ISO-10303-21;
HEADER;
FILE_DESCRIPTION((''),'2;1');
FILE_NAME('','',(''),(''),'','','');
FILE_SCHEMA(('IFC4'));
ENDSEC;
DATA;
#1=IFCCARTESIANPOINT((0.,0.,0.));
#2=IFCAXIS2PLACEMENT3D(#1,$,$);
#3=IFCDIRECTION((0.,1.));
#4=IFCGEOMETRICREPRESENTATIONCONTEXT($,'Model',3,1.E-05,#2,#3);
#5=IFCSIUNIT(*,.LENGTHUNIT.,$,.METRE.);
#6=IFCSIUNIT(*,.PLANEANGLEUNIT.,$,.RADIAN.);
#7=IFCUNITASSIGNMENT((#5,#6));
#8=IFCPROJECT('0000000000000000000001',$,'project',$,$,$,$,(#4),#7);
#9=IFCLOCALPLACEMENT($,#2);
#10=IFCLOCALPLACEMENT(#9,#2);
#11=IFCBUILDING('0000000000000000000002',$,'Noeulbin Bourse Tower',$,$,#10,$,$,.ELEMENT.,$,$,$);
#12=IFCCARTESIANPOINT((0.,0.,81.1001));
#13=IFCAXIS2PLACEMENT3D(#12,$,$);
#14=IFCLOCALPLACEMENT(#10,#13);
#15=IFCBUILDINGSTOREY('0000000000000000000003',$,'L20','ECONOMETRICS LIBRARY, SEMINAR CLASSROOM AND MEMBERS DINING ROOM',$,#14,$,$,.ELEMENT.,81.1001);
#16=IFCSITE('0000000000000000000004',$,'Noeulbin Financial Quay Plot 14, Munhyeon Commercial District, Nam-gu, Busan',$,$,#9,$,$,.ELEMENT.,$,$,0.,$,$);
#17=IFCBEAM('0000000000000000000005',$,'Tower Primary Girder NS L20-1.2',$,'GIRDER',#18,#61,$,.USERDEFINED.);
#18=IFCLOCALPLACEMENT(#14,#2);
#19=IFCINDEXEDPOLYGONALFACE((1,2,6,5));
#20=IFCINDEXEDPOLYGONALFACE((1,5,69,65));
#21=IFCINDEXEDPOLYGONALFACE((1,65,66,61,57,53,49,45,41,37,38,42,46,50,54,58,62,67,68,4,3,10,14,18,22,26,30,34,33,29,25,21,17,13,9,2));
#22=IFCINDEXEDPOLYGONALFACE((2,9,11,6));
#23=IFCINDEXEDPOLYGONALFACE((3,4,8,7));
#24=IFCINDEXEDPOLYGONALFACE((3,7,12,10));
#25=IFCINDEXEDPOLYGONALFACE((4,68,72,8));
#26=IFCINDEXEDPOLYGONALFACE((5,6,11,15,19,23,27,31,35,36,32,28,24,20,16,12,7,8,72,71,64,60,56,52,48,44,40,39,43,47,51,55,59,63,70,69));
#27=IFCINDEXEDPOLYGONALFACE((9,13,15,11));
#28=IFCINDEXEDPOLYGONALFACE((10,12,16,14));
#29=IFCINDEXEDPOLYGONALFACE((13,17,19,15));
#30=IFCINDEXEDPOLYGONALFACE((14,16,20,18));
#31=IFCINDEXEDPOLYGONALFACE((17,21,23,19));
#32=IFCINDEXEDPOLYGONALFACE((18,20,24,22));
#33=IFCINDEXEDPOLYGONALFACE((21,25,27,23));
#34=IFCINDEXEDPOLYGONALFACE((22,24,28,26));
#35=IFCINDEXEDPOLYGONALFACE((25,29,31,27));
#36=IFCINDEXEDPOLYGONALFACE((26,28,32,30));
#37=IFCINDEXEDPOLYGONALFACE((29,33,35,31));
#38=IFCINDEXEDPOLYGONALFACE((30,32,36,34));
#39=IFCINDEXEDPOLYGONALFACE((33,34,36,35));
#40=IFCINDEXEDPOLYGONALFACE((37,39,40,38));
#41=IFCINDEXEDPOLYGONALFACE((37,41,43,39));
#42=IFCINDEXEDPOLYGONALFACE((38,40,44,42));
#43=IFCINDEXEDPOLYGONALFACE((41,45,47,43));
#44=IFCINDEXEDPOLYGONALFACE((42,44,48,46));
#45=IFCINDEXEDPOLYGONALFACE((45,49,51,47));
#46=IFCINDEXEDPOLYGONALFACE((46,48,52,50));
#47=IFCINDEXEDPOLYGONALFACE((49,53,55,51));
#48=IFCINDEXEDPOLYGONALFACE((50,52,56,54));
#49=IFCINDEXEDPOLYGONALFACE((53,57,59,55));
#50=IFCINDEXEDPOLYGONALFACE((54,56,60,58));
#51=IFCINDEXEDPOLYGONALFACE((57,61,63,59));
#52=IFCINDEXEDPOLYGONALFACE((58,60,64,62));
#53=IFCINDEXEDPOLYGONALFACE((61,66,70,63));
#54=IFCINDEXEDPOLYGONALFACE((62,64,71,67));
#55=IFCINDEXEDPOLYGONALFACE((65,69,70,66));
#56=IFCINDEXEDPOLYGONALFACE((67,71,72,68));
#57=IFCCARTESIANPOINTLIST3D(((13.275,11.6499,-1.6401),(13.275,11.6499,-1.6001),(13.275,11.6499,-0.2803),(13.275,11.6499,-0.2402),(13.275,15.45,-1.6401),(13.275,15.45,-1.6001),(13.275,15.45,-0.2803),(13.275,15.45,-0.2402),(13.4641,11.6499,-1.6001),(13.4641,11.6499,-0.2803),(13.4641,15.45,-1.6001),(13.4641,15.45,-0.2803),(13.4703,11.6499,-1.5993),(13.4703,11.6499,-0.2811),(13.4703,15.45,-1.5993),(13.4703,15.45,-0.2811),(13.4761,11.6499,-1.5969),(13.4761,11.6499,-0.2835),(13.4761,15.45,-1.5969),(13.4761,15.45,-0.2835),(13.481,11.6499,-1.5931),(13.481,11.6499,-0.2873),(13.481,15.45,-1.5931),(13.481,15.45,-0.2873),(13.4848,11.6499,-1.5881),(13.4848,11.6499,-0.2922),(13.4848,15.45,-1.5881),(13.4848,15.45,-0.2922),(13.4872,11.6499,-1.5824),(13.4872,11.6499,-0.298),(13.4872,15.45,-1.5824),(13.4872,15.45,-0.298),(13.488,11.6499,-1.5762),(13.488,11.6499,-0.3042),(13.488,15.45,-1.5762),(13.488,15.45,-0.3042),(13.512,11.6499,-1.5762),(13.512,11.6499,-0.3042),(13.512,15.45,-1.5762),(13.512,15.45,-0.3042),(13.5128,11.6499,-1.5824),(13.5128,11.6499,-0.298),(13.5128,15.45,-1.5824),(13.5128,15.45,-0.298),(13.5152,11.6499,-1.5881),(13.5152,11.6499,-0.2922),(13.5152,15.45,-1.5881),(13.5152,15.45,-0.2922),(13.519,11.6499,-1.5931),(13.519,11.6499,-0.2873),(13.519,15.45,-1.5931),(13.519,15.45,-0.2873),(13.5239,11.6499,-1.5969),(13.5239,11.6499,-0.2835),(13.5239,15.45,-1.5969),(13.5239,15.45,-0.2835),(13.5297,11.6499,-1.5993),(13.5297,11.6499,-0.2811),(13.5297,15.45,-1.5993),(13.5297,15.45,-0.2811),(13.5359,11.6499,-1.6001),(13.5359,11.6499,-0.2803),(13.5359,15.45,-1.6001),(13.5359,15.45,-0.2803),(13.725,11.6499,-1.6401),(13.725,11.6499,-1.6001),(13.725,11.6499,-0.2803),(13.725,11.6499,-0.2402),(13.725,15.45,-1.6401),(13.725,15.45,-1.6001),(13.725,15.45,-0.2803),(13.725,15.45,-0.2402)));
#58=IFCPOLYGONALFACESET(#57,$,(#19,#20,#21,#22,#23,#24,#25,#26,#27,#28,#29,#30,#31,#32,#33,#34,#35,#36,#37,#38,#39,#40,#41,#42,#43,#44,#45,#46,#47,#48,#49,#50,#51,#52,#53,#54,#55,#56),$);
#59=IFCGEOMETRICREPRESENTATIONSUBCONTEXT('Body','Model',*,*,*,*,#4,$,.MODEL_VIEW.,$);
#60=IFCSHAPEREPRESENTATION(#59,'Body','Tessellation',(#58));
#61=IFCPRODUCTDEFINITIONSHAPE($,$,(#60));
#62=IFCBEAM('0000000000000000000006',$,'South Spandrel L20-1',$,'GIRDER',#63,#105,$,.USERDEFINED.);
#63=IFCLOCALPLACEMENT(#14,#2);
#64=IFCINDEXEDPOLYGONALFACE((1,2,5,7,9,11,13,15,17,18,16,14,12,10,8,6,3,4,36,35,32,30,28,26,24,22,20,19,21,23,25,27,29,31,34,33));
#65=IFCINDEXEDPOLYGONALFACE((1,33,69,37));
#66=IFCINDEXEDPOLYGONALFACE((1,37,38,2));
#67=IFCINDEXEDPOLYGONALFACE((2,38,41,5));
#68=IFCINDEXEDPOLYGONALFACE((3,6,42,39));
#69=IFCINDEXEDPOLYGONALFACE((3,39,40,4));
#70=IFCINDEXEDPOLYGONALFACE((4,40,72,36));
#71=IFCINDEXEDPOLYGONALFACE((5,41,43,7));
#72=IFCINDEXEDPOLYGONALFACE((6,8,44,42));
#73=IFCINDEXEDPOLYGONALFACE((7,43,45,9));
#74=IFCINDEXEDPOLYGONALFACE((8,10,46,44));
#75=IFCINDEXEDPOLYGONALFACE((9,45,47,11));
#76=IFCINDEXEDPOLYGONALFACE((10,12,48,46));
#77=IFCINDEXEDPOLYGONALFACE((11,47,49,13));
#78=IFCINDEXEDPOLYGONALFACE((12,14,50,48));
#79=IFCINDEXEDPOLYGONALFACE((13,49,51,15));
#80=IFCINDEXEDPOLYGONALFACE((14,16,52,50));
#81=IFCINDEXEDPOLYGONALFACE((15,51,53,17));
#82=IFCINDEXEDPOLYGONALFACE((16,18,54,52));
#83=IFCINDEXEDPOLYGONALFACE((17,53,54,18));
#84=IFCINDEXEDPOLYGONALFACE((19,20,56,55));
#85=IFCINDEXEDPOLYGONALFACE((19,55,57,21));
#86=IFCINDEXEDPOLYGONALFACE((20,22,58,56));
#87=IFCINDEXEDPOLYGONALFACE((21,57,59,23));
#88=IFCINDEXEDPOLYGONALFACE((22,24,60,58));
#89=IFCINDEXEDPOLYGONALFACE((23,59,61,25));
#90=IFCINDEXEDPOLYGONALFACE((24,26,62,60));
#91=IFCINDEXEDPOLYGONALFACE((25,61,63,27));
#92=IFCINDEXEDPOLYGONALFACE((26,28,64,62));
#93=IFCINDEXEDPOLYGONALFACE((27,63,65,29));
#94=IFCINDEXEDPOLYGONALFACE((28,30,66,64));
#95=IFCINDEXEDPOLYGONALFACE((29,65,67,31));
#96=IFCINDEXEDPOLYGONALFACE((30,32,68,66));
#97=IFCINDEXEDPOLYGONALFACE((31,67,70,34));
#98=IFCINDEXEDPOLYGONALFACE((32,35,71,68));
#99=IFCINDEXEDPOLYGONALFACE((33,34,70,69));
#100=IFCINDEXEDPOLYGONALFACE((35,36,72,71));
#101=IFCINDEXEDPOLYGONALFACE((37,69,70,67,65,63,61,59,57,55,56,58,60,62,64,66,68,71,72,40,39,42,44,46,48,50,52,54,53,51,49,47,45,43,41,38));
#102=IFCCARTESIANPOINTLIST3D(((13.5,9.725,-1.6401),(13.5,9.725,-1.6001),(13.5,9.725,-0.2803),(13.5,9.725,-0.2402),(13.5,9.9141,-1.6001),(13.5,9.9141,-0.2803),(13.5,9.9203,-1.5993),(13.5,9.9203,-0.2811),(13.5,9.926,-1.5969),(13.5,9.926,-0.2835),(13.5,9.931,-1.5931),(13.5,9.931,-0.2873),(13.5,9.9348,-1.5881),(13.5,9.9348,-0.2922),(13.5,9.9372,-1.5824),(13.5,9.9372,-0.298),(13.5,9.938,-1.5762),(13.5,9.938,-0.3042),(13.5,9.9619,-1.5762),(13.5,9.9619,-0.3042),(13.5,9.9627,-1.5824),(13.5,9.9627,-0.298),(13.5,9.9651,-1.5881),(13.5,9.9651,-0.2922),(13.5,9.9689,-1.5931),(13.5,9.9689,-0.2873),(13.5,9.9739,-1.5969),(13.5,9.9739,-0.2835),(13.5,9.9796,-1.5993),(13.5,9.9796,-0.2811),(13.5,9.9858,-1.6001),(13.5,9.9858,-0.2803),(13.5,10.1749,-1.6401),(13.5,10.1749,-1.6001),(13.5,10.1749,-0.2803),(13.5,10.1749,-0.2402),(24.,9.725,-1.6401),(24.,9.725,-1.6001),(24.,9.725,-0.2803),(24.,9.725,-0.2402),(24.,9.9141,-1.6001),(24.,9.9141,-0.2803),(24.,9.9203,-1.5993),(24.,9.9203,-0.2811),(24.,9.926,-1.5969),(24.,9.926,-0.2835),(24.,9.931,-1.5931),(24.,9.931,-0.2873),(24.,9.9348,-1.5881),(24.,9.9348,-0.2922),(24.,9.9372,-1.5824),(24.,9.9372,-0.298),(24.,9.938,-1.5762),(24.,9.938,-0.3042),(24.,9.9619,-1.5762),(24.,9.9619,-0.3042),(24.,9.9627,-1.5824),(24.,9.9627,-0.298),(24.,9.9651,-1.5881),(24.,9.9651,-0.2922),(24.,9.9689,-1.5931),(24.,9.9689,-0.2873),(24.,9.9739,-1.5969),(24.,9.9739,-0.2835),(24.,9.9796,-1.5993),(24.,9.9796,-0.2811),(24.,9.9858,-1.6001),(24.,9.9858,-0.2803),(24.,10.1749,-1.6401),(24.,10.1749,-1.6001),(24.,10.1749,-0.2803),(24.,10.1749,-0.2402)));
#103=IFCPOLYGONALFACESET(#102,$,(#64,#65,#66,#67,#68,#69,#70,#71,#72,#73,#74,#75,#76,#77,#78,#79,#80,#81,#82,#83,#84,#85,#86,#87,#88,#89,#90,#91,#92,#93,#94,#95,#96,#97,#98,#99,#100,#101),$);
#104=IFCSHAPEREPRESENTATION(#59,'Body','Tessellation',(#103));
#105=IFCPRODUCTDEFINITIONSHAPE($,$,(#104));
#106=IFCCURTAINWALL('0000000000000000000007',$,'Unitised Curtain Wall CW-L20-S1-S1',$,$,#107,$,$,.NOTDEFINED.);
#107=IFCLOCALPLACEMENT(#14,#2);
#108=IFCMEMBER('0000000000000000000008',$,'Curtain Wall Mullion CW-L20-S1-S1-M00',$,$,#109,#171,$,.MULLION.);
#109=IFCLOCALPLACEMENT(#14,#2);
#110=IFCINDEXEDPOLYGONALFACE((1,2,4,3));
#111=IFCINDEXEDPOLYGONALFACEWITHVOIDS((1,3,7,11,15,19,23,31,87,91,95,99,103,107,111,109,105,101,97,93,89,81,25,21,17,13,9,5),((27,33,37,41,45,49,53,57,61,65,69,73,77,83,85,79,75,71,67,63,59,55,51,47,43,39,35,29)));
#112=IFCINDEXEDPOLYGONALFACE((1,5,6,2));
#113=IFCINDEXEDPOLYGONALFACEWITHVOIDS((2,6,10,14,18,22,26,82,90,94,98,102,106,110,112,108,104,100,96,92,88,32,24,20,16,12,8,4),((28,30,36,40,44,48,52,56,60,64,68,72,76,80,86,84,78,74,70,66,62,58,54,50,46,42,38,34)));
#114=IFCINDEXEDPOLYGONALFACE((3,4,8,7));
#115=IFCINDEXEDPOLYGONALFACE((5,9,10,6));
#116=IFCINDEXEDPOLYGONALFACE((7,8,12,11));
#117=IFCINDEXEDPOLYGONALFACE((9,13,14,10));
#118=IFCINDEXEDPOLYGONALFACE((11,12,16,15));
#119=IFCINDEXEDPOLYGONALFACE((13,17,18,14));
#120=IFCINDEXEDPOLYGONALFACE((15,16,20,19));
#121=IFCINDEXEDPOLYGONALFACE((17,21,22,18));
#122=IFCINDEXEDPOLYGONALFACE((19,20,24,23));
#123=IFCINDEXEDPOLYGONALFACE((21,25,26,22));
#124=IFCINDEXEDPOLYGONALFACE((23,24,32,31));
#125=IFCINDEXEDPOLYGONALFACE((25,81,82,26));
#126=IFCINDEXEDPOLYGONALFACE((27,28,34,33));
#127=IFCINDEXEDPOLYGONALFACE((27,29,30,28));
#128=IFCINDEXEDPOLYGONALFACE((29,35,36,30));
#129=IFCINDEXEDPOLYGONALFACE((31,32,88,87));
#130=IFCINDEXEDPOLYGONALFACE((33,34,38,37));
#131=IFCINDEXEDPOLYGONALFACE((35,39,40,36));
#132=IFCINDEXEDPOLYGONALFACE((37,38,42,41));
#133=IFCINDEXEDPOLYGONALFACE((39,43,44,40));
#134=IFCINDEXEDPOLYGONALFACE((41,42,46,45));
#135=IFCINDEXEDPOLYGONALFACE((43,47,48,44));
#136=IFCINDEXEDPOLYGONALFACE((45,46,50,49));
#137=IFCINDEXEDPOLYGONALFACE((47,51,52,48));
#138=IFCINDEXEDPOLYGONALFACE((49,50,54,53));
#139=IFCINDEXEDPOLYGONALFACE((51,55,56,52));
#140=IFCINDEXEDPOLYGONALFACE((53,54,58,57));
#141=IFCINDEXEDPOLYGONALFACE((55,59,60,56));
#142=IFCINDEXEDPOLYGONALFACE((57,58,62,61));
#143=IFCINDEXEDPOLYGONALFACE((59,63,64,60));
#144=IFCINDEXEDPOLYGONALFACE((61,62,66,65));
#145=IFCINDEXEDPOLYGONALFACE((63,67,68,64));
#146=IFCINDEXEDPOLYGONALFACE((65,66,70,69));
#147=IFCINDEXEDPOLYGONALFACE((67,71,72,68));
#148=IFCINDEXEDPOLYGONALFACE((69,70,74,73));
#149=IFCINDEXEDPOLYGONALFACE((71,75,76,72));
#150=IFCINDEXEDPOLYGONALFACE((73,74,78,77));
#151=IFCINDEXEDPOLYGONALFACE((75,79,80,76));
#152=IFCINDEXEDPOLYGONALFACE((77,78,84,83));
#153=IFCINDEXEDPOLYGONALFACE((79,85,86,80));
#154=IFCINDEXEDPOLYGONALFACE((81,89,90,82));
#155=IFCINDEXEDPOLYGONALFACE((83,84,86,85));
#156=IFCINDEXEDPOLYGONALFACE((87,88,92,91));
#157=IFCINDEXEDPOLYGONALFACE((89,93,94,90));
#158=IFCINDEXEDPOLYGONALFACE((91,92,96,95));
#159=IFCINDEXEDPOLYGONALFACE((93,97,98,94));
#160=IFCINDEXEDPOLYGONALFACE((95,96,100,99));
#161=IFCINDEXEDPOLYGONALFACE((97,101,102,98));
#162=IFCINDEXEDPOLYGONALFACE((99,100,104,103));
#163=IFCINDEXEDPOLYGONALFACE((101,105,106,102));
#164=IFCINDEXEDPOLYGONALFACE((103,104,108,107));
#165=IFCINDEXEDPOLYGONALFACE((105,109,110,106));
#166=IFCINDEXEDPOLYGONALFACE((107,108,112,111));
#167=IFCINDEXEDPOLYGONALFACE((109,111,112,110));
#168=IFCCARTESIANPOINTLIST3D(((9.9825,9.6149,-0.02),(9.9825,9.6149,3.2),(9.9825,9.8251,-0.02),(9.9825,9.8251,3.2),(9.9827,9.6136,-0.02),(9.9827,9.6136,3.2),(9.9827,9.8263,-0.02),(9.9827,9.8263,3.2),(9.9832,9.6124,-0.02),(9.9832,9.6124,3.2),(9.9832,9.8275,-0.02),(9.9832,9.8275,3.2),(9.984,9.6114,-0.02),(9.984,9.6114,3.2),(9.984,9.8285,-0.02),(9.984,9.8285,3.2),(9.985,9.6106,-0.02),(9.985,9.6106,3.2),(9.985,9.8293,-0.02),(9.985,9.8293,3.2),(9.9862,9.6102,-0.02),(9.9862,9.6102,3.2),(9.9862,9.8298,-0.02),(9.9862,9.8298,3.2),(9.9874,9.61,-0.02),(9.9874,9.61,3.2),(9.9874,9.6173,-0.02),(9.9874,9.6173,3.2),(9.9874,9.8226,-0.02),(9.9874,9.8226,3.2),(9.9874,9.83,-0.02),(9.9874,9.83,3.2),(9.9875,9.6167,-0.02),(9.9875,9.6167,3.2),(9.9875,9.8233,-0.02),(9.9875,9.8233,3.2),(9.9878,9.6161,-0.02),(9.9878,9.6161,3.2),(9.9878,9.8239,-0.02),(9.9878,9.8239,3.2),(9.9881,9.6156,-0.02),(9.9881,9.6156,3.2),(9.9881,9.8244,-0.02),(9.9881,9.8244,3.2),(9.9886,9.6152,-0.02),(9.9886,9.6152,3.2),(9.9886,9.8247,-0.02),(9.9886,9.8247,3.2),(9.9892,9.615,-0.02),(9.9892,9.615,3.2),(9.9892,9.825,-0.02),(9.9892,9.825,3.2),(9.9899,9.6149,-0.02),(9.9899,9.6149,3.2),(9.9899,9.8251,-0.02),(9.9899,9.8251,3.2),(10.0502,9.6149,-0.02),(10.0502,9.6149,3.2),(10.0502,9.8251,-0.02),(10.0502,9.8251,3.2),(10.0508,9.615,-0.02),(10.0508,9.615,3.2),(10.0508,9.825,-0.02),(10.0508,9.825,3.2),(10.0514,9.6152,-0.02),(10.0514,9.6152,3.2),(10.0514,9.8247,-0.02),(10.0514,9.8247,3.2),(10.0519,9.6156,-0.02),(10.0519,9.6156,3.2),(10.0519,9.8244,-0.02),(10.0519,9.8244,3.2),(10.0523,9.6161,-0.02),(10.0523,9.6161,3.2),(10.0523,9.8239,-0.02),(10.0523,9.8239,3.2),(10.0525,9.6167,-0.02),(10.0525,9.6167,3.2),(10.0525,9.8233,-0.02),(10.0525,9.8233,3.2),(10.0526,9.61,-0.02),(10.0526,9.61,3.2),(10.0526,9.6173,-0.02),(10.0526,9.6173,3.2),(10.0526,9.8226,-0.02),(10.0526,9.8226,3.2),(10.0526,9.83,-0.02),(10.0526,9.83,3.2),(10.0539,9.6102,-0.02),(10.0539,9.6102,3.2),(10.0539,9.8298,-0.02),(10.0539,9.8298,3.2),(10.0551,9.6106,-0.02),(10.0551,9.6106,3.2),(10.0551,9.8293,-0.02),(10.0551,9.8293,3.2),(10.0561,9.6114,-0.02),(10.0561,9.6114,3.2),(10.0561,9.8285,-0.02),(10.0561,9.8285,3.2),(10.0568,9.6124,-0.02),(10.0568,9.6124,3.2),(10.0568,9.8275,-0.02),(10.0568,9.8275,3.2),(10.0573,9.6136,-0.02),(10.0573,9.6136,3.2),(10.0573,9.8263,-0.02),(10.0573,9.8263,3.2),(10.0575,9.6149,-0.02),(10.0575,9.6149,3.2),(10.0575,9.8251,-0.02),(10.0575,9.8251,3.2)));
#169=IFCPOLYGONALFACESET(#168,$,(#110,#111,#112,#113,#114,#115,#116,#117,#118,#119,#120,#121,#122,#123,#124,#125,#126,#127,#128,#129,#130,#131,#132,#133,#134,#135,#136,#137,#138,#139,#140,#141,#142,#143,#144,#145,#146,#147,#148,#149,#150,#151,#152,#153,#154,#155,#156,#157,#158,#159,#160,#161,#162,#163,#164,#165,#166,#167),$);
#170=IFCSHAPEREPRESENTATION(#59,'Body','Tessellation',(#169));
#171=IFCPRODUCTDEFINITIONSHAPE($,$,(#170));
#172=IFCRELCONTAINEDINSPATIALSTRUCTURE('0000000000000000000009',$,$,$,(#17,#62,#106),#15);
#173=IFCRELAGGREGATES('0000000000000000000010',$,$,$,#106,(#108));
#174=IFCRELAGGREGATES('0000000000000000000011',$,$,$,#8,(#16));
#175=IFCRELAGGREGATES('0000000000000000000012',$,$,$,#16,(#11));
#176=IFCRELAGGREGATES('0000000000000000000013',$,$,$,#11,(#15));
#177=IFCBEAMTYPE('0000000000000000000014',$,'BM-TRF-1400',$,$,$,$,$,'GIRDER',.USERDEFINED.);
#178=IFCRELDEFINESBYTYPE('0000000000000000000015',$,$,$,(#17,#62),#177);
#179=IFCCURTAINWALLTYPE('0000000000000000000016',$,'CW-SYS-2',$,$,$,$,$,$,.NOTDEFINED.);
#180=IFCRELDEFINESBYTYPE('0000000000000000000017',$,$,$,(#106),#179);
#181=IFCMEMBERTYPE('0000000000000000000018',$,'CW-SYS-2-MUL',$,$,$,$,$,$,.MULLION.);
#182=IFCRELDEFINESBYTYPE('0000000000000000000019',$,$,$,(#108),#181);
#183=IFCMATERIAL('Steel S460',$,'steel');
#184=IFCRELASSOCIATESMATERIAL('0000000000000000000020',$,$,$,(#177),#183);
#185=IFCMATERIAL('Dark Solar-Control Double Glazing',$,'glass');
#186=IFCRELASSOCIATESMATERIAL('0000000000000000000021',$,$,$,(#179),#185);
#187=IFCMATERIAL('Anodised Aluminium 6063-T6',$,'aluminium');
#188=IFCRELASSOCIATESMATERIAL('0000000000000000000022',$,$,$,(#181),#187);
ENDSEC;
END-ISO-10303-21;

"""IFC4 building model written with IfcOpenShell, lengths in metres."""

from ifc_helpers import new_model, si_unit, direction, frame, origin, origin_2d, place, context, subcontext, project, spatial, hollow_rectangle, i_section, extrude, material, material_profile, profile_set, type_object, element, aggregate, save


model = new_model("IFC4")

# Units and contexts
model_context = context("Model", 3, precision=1e-05, world=origin(), true_north=direction((0.0, 1.0)))
body_context = subcontext(model_context, "Body", "Model", "MODEL_VIEW")
ifc_project = project(units=[si_unit("LENGTHUNIT", "METRE"), si_unit("PLANEANGLEUNIT", "RADIAN")], contexts=[model_context])

# Site, building, storey
site_placement = place(None, origin())
site = spatial("IfcSite", under=ifc_project, at=site_placement, Name="Noeulbin Financial Quay Plot 14, Munhyeon Commercial District, Nam-gu, Busan", CompositionType="ELEMENT", RefElevation=0.0)
building_placement = place(site_placement, origin())
building = spatial("IfcBuilding", under=site, at=building_placement, Name="Noeulbin Bourse Tower", CompositionType="ELEMENT")
storey_placement = place(building_placement, frame((0.0, 0.0, 81.1001)))
storey = spatial("IfcBuildingStorey", under=building, at=storey_placement, Name="L20", Description="ECONOMETRICS LIBRARY, SEMINAR CLASSROOM AND MEMBERS DINING ROOM", CompositionType="ELEMENT", Elevation=81.1001)

# Shared definitions
ifc_material_1 = material(Name="Steel S460", Category="steel")

# Beams
ifc_material_profile_1 = material_profile(ifc_material_1, i_section(OverallWidth=0.45, OverallDepth=1.3999, WebThickness=0.0239, FlangeThickness=0.04, FilletRadius=0.0239, at=origin_2d()), Name="PG-1400x450x24x40", Category="LoadBearing")
ifc_profile_set_1 = profile_set([ifc_material_profile_1], Name="Steel S460")
beam_type_1 = type_object("IfcBeamType", Name="BM-TRF-1400", ElementType="GIRDER", PredefinedType="USERDEFINED", material=ifc_profile_set_1)
beam_1_placement = place(storey_placement, frame((13.5, 11.6499, -0.9402), z_axis=(0.0, 1.0, 0.0), x_axis=(-1.0, 0.0, 0.0)))
element("IfcBeam", 1, at=beam_1_placement, inside=storey, type_object=beam_type_1, Name="Tower Primary Girder NS L20-1.2", ObjectType="GIRDER", PredefinedType="USERDEFINED", context=body_context, shape_type="SweptSolid", body=[
    extrude(i_section(OverallWidth=0.45, OverallDepth=1.3999, WebThickness=0.0239, FlangeThickness=0.04, FilletRadius=0.0239, at=origin_2d()), origin(), (0.0, 0.0, 1.0), 3.8),
])
beam_2_placement = place(storey_placement, frame((13.5, 9.95, -0.9402), z_axis=(1.0, 0.0, 0.0), x_axis=(0.0, 1.0, 0.0)))
element("IfcBeam", 2, at=beam_2_placement, inside=storey, type_object=beam_type_1, Name="South Spandrel L20-1", ObjectType="GIRDER", PredefinedType="USERDEFINED", context=body_context, shape_type="SweptSolid", body=[
    extrude(i_section(OverallWidth=0.45, OverallDepth=1.3999, WebThickness=0.0239, FlangeThickness=0.04, FilletRadius=0.0239, at=origin_2d()), origin(), (0.0, 0.0, 1.0), 10.5),
])

# Curtain wall, member
ifc_material_2 = material(Name="Dark Solar-Control Double Glazing", Category="glass")
curtain_wall_type = type_object("IfcCurtainWallType", Name="CW-SYS-2", PredefinedType="NOTDEFINED", material=ifc_material_2)
curtain_wall_1_placement = place(storey_placement, origin())
curtain_wall_1 = element("IfcCurtainWall", 3, at=curtain_wall_1_placement, inside=storey, type_object=curtain_wall_type, Name="Unitised Curtain Wall CW-L20-S1-S1", PredefinedType="NOTDEFINED")
ifc_material_3 = material(Name="Anodised Aluminium 6063-T6", Category="aluminium")
ifc_material_profile_2 = material_profile(ifc_material_3, hollow_rectangle(XDim=0.075, YDim=0.22, WallThickness=0.0049, InnerFilletRadius=0.0024, OuterFilletRadius=0.0049, at=origin_2d()), Name="ALU-MULL-75x220x5", Category="LoadBearing")
ifc_profile_set_2 = profile_set([ifc_material_profile_2], Name="Anodised Aluminium 6063-T6")
member_type_1 = type_object("IfcMemberType", Name="CW-SYS-2-MUL", PredefinedType="MULLION", material=ifc_profile_set_2)
member_1_placement = place(storey_placement, frame((10.02, 9.72, -0.02), z_axis=(0.0, 0.0, 1.0), x_axis=(1.0, 0.0, 0.0)))
member_1 = element("IfcMember", 4, at=member_1_placement, type_object=member_type_1, Name="Curtain Wall Mullion CW-L20-S1-S1-M00", PredefinedType="MULLION", context=body_context, shape_type="SweptSolid", body=[
    extrude(hollow_rectangle(XDim=0.075, YDim=0.22, WallThickness=0.0049, InnerFilletRadius=0.0024, OuterFilletRadius=0.0049, at=origin_2d()), origin(), (0.0, 0.0, 1.0), 3.22),
])

aggregate(curtain_wall_1, [member_1])

save(model, "model.ifc")
